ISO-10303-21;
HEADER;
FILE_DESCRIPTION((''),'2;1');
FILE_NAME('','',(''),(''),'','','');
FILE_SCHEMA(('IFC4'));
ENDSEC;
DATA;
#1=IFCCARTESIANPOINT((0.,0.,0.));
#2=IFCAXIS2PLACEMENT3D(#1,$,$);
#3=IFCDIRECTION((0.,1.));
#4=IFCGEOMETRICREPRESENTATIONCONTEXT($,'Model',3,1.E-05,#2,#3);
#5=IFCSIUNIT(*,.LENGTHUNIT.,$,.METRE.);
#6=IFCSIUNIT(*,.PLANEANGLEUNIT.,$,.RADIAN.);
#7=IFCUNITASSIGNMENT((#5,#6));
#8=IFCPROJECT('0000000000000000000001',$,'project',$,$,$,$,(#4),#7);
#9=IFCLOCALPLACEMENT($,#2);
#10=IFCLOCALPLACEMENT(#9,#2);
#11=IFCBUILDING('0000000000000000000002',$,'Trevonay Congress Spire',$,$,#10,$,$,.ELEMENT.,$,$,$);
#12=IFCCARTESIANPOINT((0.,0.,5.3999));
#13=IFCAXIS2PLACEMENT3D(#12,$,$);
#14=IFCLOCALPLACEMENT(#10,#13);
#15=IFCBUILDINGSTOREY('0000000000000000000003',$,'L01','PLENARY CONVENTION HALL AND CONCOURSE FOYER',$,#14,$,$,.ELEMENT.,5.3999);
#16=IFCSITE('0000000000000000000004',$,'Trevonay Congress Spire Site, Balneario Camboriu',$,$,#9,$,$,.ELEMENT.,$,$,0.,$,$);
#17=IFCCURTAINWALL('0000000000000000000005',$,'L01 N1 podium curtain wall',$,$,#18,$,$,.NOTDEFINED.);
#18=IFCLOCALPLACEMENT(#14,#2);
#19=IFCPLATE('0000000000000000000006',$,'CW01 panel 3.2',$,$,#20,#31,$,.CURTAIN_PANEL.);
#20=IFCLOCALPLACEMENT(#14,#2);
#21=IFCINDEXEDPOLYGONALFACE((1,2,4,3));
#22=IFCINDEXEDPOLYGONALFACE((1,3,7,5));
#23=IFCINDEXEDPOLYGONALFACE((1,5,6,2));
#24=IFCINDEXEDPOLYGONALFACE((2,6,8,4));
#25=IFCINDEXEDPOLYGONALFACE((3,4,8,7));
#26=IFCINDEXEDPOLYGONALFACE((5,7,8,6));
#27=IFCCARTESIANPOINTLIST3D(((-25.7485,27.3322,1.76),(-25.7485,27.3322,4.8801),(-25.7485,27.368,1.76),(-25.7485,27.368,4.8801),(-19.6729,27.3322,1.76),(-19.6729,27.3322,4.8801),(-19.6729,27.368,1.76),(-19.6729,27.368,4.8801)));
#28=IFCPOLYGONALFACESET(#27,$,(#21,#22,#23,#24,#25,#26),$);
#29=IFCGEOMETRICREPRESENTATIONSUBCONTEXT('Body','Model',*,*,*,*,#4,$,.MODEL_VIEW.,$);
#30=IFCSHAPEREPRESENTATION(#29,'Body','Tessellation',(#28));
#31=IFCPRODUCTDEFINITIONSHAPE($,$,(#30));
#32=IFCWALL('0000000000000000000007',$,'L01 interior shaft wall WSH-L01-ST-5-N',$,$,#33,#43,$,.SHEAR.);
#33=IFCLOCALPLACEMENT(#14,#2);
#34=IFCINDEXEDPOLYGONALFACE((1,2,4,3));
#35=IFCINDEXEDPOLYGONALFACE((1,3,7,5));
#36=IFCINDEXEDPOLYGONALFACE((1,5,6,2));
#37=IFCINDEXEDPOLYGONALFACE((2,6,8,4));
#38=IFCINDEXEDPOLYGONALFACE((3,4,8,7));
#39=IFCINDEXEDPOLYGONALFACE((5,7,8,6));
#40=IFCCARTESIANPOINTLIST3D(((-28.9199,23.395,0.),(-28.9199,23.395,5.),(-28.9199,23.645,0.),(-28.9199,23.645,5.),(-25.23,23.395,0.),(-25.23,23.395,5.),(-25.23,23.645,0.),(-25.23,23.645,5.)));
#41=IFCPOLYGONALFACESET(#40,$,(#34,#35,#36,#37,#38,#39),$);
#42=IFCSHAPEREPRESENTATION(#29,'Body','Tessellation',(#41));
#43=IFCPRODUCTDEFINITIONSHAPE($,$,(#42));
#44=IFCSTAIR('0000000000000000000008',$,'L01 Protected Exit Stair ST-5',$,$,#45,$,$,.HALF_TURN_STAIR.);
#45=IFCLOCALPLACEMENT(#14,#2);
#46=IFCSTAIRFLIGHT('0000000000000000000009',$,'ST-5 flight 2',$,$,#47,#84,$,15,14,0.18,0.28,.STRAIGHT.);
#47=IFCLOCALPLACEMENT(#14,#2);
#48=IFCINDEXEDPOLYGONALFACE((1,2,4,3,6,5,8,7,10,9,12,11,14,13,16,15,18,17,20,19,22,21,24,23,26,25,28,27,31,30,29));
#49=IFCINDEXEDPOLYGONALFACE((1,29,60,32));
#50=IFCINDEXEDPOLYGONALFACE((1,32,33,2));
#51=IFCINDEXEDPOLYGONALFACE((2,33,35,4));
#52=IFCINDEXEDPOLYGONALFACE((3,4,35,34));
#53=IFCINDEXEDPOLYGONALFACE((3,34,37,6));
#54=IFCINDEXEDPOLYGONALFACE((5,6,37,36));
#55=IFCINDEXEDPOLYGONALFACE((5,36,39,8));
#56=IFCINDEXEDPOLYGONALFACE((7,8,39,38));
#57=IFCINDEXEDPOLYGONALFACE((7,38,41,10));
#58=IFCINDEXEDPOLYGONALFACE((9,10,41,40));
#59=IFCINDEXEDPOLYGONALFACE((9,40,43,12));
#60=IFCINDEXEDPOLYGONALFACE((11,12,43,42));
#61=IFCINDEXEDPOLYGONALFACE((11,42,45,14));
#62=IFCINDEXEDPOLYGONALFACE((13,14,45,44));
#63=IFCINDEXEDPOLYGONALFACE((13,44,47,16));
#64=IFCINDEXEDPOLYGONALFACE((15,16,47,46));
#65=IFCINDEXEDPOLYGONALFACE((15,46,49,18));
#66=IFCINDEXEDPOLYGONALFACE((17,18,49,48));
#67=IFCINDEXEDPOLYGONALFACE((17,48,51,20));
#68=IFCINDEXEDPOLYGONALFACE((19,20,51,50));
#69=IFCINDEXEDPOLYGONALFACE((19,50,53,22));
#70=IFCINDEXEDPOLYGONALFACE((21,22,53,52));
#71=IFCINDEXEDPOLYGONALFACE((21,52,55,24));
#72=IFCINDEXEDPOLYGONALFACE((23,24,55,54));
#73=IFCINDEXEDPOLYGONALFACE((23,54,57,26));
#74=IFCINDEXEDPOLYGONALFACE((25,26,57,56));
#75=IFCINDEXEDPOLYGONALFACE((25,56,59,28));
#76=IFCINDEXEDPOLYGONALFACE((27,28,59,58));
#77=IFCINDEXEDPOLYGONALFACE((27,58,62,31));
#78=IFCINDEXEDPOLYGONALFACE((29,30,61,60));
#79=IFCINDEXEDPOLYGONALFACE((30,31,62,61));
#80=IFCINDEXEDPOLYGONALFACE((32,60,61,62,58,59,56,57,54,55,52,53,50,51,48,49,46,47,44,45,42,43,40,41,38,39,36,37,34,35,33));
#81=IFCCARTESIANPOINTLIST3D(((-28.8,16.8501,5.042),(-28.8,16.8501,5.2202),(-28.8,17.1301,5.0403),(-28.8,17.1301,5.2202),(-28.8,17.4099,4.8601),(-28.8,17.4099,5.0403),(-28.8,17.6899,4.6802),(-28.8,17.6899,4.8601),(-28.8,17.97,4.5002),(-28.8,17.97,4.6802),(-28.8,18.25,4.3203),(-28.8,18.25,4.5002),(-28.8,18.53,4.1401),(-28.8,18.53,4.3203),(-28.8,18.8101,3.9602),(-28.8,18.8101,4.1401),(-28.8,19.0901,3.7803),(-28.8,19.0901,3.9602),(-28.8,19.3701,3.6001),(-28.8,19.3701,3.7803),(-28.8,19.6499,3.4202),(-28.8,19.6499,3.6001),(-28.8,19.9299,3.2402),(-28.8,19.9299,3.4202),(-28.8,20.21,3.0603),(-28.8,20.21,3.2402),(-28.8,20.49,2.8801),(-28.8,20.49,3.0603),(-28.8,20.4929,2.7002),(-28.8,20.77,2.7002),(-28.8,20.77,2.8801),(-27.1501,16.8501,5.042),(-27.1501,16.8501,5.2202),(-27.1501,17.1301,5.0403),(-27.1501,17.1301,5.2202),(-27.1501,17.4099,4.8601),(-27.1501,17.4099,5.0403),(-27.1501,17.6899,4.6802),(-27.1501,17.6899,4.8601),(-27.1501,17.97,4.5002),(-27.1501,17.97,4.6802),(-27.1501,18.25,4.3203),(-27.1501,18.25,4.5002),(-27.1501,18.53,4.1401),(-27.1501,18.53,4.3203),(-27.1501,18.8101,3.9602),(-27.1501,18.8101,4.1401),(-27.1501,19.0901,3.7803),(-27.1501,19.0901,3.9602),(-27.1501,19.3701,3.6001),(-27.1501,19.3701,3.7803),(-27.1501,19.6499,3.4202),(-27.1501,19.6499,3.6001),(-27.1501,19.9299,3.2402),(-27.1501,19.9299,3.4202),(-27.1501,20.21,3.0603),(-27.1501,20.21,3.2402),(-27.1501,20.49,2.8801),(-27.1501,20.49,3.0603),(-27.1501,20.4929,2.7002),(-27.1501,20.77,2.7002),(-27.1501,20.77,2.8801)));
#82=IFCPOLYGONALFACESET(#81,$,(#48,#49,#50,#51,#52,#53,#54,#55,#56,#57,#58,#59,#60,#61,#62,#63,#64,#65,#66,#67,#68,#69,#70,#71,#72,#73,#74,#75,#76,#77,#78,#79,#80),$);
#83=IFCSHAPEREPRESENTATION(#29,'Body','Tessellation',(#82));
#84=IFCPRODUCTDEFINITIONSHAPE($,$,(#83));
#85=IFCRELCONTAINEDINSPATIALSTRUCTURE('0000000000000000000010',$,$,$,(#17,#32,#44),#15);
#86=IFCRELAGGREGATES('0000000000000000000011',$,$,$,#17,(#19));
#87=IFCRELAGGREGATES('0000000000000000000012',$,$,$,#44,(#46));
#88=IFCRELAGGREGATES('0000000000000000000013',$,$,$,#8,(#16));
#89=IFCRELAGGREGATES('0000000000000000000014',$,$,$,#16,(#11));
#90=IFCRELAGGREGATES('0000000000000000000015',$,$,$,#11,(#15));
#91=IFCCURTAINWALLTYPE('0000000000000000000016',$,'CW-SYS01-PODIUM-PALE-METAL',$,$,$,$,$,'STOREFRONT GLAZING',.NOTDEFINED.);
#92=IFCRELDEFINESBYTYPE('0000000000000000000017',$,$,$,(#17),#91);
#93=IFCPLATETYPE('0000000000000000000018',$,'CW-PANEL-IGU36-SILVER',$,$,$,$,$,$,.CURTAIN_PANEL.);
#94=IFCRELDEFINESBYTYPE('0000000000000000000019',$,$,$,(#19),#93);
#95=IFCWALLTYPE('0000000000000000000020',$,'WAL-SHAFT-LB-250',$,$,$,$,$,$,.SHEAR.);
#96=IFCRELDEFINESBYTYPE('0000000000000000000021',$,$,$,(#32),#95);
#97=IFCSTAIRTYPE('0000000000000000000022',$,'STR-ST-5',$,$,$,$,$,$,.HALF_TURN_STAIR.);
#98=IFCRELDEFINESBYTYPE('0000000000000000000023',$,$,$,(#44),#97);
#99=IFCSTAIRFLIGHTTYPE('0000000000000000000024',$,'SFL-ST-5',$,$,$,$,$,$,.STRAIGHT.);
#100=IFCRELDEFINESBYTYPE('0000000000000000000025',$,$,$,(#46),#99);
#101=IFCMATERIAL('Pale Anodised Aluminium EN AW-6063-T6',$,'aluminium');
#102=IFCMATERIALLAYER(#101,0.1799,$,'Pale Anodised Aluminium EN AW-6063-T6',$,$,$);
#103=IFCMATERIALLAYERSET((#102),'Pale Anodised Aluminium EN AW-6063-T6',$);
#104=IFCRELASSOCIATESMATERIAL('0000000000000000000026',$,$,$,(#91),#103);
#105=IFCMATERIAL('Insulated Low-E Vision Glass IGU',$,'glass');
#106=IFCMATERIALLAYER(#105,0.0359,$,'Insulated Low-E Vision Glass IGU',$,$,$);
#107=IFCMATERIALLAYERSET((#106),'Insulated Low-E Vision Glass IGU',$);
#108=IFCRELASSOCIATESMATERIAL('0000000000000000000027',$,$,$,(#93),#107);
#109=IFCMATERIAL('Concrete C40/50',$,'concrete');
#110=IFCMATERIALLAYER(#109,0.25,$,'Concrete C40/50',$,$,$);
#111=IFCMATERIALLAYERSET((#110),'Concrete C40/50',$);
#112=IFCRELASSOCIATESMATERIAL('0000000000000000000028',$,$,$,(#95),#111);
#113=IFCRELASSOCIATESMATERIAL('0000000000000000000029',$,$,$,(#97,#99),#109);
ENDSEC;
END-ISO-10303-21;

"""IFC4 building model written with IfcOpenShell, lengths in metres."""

from ifc_helpers import new_model, si_unit, direction, frame, frame_2d, origin, origin_2d, place, context, subcontext, project, spatial, polyline, rectangle, outline, extrude, material, layer, layer_set, type_object, element, aggregate, save


model = new_model("IFC4")

# Units and contexts
model_context = context("Model", 3, precision=1e-05, world=origin(), true_north=direction((0.0, 1.0)))
body_context = subcontext(model_context, "Body", "Model", "MODEL_VIEW")
ifc_project = project(units=[si_unit("LENGTHUNIT", "METRE"), si_unit("PLANEANGLEUNIT", "RADIAN")], contexts=[model_context])

# Site, building, storey
site_placement = place(None, origin())
site = spatial("IfcSite", under=ifc_project, at=site_placement, Name="Trevonay Congress Spire Site, Balneario Camboriu", CompositionType="ELEMENT", RefElevation=0.0)
building_placement = place(site_placement, origin())
building = spatial("IfcBuilding", under=site, at=building_placement, Name="Trevonay Congress Spire", CompositionType="ELEMENT")
storey_placement = place(building_placement, frame((0.0, 0.0, 5.3999)))
storey = spatial("IfcBuildingStorey", under=building, at=storey_placement, Name="L01", Description="PLENARY CONVENTION HALL AND CONCOURSE FOYER", CompositionType="ELEMENT", Elevation=5.3999)

# Curtain wall
ifc_material_1 = material(Name="Pale Anodised Aluminium EN AW-6063-T6", Category="aluminium")
ifc_layer_1 = layer(ifc_material_1, 0.1799, Name="Pale Anodised Aluminium EN AW-6063-T6")
ifc_layer_set_1 = layer_set([ifc_layer_1], Name="Pale Anodised Aluminium EN AW-6063-T6")
curtain_wall_type = type_object("IfcCurtainWallType", Name="CW-SYS01-PODIUM-PALE-METAL", ElementType="STOREFRONT GLAZING", PredefinedType="NOTDEFINED", material=ifc_layer_set_1)
curtain_wall_1_placement = place(storey_placement, origin())
curtain_wall_1 = element("IfcCurtainWall", 1, at=curtain_wall_1_placement, inside=storey, type_object=curtain_wall_type, Name="L01 N1 podium curtain wall", PredefinedType="NOTDEFINED")

# Plate
ifc_material_2 = material(Name="Insulated Low-E Vision Glass IGU", Category="glass")
ifc_layer_2 = layer(ifc_material_2, 0.0359, Name="Insulated Low-E Vision Glass IGU")
ifc_layer_set_2 = layer_set([ifc_layer_2], Name="Insulated Low-E Vision Glass IGU")
plate_type = type_object("IfcPlateType", Name="CW-PANEL-IGU36-SILVER", PredefinedType="CURTAIN_PANEL", material=ifc_layer_set_2)
plate_1_placement = place(storey_placement, frame((-22.7107, 27.3501, 1.76), z_axis=(0.0, 0.0, 1.0), x_axis=(1.0, 0.0, 0.0)))
plate_1 = element("IfcPlate", 2, at=plate_1_placement, type_object=plate_type, Name="CW01 panel 3.2", PredefinedType="CURTAIN_PANEL", context=body_context, shape_type="SweptSolid", body=[
    extrude(rectangle(XDim=6.0757, YDim=0.0359, at=origin_2d()), origin(), (0.0, 0.0, 1.0), 3.1201),
])
aggregate(curtain_wall_1, [plate_1])

# Wall
ifc_material_3 = material(Name="Concrete C40/50", Category="concrete")
ifc_layer_3 = layer(ifc_material_3, 0.25, Name="Concrete C40/50")
ifc_layer_set_3 = layer_set([ifc_layer_3], Name="Concrete C40/50")
wall_type = type_object("IfcWallType", Name="WAL-SHAFT-LB-250", PredefinedType="SHEAR", material=ifc_layer_set_3)
wall_placement = place(storey_placement, frame((-28.9199, 23.52, 0.0), z_axis=(0.0, 0.0, 1.0), x_axis=(1.0, 0.0, 0.0)))
element("IfcWall", 3, at=wall_placement, inside=storey, type_object=wall_type, Name="L01 interior shaft wall WSH-L01-ST-5-N", PredefinedType="SHEAR", context=body_context, shape_type="SweptSolid", body=[
    extrude(rectangle(XDim=3.6899, YDim=0.25, at=frame_2d((1.845, 0.0))), origin(), (0.0, 0.0, 1.0), 5.0),
])

# Stair, stair flight
stair_type = type_object("IfcStairType", Name="STR-ST-5", PredefinedType="HALF_TURN_STAIR", material=ifc_material_3)
stair_placement = place(storey_placement, origin())
stair = element("IfcStair", 4, at=stair_placement, inside=storey, type_object=stair_type, Name="L01 Protected Exit Stair ST-5", PredefinedType="HALF_TURN_STAIR")
stair_flight_type = type_object("IfcStairFlightType", Name="SFL-ST-5", PredefinedType="STRAIGHT", material=ifc_material_3)
stair_flight_placement = place(storey_placement, frame((-27.9751, 20.77, 2.7002), z_axis=(0.0, 0.0, 1.0), x_axis=(0.0, -1.0, 0.0)))
stair_flight = element("IfcStairFlight", 5, at=stair_flight_placement, type_object=stair_flight_type, Name="ST-5 flight 2", NumberOfRisers=15, NumberOfTreads=14, PredefinedType="STRAIGHT", RiserHeight=0.18, TreadLength=0.28, context=body_context, shape_type="SweptSolid", body=[
    extrude(outline(polyline([(0.0, 0.0), (0.0, 0.1799), (0.28, 0.1799), (0.28, 0.3601), (0.5601, 0.3601), (0.5601, 0.54), (0.8401, 0.54), (0.8401, 0.72), (1.1201, 0.72), (1.1201, 0.8999), (1.3999, 0.8999), (1.3999, 1.0801), (1.6799, 1.0801), (1.6799, 1.26), (1.96, 1.26), (1.96, 1.4399), (2.24, 1.4399), (2.24, 1.6201), (2.52, 1.6201), (2.52, 1.8), (2.8, 1.8), (2.8, 1.98), (3.0801, 1.98), (3.0801, 2.1599), (3.3601, 2.1599), (3.3601, 2.3401), (3.6399, 2.3401), (3.6399, 2.52), (3.9199, 2.52), (3.9199, 2.7), (3.9199, 2.3418), (0.2771, 0.0), (0.0, 0.0)])), frame((0.0, 0.825, 0.0), z_axis=(0.0, -1.0, 0.0), x_axis=(1.0, 0.0, 0.0)), (0.0, 0.0, 1.0), 1.6499),
])
aggregate(stair, [stair_flight])

save(model, "model.ifc")
